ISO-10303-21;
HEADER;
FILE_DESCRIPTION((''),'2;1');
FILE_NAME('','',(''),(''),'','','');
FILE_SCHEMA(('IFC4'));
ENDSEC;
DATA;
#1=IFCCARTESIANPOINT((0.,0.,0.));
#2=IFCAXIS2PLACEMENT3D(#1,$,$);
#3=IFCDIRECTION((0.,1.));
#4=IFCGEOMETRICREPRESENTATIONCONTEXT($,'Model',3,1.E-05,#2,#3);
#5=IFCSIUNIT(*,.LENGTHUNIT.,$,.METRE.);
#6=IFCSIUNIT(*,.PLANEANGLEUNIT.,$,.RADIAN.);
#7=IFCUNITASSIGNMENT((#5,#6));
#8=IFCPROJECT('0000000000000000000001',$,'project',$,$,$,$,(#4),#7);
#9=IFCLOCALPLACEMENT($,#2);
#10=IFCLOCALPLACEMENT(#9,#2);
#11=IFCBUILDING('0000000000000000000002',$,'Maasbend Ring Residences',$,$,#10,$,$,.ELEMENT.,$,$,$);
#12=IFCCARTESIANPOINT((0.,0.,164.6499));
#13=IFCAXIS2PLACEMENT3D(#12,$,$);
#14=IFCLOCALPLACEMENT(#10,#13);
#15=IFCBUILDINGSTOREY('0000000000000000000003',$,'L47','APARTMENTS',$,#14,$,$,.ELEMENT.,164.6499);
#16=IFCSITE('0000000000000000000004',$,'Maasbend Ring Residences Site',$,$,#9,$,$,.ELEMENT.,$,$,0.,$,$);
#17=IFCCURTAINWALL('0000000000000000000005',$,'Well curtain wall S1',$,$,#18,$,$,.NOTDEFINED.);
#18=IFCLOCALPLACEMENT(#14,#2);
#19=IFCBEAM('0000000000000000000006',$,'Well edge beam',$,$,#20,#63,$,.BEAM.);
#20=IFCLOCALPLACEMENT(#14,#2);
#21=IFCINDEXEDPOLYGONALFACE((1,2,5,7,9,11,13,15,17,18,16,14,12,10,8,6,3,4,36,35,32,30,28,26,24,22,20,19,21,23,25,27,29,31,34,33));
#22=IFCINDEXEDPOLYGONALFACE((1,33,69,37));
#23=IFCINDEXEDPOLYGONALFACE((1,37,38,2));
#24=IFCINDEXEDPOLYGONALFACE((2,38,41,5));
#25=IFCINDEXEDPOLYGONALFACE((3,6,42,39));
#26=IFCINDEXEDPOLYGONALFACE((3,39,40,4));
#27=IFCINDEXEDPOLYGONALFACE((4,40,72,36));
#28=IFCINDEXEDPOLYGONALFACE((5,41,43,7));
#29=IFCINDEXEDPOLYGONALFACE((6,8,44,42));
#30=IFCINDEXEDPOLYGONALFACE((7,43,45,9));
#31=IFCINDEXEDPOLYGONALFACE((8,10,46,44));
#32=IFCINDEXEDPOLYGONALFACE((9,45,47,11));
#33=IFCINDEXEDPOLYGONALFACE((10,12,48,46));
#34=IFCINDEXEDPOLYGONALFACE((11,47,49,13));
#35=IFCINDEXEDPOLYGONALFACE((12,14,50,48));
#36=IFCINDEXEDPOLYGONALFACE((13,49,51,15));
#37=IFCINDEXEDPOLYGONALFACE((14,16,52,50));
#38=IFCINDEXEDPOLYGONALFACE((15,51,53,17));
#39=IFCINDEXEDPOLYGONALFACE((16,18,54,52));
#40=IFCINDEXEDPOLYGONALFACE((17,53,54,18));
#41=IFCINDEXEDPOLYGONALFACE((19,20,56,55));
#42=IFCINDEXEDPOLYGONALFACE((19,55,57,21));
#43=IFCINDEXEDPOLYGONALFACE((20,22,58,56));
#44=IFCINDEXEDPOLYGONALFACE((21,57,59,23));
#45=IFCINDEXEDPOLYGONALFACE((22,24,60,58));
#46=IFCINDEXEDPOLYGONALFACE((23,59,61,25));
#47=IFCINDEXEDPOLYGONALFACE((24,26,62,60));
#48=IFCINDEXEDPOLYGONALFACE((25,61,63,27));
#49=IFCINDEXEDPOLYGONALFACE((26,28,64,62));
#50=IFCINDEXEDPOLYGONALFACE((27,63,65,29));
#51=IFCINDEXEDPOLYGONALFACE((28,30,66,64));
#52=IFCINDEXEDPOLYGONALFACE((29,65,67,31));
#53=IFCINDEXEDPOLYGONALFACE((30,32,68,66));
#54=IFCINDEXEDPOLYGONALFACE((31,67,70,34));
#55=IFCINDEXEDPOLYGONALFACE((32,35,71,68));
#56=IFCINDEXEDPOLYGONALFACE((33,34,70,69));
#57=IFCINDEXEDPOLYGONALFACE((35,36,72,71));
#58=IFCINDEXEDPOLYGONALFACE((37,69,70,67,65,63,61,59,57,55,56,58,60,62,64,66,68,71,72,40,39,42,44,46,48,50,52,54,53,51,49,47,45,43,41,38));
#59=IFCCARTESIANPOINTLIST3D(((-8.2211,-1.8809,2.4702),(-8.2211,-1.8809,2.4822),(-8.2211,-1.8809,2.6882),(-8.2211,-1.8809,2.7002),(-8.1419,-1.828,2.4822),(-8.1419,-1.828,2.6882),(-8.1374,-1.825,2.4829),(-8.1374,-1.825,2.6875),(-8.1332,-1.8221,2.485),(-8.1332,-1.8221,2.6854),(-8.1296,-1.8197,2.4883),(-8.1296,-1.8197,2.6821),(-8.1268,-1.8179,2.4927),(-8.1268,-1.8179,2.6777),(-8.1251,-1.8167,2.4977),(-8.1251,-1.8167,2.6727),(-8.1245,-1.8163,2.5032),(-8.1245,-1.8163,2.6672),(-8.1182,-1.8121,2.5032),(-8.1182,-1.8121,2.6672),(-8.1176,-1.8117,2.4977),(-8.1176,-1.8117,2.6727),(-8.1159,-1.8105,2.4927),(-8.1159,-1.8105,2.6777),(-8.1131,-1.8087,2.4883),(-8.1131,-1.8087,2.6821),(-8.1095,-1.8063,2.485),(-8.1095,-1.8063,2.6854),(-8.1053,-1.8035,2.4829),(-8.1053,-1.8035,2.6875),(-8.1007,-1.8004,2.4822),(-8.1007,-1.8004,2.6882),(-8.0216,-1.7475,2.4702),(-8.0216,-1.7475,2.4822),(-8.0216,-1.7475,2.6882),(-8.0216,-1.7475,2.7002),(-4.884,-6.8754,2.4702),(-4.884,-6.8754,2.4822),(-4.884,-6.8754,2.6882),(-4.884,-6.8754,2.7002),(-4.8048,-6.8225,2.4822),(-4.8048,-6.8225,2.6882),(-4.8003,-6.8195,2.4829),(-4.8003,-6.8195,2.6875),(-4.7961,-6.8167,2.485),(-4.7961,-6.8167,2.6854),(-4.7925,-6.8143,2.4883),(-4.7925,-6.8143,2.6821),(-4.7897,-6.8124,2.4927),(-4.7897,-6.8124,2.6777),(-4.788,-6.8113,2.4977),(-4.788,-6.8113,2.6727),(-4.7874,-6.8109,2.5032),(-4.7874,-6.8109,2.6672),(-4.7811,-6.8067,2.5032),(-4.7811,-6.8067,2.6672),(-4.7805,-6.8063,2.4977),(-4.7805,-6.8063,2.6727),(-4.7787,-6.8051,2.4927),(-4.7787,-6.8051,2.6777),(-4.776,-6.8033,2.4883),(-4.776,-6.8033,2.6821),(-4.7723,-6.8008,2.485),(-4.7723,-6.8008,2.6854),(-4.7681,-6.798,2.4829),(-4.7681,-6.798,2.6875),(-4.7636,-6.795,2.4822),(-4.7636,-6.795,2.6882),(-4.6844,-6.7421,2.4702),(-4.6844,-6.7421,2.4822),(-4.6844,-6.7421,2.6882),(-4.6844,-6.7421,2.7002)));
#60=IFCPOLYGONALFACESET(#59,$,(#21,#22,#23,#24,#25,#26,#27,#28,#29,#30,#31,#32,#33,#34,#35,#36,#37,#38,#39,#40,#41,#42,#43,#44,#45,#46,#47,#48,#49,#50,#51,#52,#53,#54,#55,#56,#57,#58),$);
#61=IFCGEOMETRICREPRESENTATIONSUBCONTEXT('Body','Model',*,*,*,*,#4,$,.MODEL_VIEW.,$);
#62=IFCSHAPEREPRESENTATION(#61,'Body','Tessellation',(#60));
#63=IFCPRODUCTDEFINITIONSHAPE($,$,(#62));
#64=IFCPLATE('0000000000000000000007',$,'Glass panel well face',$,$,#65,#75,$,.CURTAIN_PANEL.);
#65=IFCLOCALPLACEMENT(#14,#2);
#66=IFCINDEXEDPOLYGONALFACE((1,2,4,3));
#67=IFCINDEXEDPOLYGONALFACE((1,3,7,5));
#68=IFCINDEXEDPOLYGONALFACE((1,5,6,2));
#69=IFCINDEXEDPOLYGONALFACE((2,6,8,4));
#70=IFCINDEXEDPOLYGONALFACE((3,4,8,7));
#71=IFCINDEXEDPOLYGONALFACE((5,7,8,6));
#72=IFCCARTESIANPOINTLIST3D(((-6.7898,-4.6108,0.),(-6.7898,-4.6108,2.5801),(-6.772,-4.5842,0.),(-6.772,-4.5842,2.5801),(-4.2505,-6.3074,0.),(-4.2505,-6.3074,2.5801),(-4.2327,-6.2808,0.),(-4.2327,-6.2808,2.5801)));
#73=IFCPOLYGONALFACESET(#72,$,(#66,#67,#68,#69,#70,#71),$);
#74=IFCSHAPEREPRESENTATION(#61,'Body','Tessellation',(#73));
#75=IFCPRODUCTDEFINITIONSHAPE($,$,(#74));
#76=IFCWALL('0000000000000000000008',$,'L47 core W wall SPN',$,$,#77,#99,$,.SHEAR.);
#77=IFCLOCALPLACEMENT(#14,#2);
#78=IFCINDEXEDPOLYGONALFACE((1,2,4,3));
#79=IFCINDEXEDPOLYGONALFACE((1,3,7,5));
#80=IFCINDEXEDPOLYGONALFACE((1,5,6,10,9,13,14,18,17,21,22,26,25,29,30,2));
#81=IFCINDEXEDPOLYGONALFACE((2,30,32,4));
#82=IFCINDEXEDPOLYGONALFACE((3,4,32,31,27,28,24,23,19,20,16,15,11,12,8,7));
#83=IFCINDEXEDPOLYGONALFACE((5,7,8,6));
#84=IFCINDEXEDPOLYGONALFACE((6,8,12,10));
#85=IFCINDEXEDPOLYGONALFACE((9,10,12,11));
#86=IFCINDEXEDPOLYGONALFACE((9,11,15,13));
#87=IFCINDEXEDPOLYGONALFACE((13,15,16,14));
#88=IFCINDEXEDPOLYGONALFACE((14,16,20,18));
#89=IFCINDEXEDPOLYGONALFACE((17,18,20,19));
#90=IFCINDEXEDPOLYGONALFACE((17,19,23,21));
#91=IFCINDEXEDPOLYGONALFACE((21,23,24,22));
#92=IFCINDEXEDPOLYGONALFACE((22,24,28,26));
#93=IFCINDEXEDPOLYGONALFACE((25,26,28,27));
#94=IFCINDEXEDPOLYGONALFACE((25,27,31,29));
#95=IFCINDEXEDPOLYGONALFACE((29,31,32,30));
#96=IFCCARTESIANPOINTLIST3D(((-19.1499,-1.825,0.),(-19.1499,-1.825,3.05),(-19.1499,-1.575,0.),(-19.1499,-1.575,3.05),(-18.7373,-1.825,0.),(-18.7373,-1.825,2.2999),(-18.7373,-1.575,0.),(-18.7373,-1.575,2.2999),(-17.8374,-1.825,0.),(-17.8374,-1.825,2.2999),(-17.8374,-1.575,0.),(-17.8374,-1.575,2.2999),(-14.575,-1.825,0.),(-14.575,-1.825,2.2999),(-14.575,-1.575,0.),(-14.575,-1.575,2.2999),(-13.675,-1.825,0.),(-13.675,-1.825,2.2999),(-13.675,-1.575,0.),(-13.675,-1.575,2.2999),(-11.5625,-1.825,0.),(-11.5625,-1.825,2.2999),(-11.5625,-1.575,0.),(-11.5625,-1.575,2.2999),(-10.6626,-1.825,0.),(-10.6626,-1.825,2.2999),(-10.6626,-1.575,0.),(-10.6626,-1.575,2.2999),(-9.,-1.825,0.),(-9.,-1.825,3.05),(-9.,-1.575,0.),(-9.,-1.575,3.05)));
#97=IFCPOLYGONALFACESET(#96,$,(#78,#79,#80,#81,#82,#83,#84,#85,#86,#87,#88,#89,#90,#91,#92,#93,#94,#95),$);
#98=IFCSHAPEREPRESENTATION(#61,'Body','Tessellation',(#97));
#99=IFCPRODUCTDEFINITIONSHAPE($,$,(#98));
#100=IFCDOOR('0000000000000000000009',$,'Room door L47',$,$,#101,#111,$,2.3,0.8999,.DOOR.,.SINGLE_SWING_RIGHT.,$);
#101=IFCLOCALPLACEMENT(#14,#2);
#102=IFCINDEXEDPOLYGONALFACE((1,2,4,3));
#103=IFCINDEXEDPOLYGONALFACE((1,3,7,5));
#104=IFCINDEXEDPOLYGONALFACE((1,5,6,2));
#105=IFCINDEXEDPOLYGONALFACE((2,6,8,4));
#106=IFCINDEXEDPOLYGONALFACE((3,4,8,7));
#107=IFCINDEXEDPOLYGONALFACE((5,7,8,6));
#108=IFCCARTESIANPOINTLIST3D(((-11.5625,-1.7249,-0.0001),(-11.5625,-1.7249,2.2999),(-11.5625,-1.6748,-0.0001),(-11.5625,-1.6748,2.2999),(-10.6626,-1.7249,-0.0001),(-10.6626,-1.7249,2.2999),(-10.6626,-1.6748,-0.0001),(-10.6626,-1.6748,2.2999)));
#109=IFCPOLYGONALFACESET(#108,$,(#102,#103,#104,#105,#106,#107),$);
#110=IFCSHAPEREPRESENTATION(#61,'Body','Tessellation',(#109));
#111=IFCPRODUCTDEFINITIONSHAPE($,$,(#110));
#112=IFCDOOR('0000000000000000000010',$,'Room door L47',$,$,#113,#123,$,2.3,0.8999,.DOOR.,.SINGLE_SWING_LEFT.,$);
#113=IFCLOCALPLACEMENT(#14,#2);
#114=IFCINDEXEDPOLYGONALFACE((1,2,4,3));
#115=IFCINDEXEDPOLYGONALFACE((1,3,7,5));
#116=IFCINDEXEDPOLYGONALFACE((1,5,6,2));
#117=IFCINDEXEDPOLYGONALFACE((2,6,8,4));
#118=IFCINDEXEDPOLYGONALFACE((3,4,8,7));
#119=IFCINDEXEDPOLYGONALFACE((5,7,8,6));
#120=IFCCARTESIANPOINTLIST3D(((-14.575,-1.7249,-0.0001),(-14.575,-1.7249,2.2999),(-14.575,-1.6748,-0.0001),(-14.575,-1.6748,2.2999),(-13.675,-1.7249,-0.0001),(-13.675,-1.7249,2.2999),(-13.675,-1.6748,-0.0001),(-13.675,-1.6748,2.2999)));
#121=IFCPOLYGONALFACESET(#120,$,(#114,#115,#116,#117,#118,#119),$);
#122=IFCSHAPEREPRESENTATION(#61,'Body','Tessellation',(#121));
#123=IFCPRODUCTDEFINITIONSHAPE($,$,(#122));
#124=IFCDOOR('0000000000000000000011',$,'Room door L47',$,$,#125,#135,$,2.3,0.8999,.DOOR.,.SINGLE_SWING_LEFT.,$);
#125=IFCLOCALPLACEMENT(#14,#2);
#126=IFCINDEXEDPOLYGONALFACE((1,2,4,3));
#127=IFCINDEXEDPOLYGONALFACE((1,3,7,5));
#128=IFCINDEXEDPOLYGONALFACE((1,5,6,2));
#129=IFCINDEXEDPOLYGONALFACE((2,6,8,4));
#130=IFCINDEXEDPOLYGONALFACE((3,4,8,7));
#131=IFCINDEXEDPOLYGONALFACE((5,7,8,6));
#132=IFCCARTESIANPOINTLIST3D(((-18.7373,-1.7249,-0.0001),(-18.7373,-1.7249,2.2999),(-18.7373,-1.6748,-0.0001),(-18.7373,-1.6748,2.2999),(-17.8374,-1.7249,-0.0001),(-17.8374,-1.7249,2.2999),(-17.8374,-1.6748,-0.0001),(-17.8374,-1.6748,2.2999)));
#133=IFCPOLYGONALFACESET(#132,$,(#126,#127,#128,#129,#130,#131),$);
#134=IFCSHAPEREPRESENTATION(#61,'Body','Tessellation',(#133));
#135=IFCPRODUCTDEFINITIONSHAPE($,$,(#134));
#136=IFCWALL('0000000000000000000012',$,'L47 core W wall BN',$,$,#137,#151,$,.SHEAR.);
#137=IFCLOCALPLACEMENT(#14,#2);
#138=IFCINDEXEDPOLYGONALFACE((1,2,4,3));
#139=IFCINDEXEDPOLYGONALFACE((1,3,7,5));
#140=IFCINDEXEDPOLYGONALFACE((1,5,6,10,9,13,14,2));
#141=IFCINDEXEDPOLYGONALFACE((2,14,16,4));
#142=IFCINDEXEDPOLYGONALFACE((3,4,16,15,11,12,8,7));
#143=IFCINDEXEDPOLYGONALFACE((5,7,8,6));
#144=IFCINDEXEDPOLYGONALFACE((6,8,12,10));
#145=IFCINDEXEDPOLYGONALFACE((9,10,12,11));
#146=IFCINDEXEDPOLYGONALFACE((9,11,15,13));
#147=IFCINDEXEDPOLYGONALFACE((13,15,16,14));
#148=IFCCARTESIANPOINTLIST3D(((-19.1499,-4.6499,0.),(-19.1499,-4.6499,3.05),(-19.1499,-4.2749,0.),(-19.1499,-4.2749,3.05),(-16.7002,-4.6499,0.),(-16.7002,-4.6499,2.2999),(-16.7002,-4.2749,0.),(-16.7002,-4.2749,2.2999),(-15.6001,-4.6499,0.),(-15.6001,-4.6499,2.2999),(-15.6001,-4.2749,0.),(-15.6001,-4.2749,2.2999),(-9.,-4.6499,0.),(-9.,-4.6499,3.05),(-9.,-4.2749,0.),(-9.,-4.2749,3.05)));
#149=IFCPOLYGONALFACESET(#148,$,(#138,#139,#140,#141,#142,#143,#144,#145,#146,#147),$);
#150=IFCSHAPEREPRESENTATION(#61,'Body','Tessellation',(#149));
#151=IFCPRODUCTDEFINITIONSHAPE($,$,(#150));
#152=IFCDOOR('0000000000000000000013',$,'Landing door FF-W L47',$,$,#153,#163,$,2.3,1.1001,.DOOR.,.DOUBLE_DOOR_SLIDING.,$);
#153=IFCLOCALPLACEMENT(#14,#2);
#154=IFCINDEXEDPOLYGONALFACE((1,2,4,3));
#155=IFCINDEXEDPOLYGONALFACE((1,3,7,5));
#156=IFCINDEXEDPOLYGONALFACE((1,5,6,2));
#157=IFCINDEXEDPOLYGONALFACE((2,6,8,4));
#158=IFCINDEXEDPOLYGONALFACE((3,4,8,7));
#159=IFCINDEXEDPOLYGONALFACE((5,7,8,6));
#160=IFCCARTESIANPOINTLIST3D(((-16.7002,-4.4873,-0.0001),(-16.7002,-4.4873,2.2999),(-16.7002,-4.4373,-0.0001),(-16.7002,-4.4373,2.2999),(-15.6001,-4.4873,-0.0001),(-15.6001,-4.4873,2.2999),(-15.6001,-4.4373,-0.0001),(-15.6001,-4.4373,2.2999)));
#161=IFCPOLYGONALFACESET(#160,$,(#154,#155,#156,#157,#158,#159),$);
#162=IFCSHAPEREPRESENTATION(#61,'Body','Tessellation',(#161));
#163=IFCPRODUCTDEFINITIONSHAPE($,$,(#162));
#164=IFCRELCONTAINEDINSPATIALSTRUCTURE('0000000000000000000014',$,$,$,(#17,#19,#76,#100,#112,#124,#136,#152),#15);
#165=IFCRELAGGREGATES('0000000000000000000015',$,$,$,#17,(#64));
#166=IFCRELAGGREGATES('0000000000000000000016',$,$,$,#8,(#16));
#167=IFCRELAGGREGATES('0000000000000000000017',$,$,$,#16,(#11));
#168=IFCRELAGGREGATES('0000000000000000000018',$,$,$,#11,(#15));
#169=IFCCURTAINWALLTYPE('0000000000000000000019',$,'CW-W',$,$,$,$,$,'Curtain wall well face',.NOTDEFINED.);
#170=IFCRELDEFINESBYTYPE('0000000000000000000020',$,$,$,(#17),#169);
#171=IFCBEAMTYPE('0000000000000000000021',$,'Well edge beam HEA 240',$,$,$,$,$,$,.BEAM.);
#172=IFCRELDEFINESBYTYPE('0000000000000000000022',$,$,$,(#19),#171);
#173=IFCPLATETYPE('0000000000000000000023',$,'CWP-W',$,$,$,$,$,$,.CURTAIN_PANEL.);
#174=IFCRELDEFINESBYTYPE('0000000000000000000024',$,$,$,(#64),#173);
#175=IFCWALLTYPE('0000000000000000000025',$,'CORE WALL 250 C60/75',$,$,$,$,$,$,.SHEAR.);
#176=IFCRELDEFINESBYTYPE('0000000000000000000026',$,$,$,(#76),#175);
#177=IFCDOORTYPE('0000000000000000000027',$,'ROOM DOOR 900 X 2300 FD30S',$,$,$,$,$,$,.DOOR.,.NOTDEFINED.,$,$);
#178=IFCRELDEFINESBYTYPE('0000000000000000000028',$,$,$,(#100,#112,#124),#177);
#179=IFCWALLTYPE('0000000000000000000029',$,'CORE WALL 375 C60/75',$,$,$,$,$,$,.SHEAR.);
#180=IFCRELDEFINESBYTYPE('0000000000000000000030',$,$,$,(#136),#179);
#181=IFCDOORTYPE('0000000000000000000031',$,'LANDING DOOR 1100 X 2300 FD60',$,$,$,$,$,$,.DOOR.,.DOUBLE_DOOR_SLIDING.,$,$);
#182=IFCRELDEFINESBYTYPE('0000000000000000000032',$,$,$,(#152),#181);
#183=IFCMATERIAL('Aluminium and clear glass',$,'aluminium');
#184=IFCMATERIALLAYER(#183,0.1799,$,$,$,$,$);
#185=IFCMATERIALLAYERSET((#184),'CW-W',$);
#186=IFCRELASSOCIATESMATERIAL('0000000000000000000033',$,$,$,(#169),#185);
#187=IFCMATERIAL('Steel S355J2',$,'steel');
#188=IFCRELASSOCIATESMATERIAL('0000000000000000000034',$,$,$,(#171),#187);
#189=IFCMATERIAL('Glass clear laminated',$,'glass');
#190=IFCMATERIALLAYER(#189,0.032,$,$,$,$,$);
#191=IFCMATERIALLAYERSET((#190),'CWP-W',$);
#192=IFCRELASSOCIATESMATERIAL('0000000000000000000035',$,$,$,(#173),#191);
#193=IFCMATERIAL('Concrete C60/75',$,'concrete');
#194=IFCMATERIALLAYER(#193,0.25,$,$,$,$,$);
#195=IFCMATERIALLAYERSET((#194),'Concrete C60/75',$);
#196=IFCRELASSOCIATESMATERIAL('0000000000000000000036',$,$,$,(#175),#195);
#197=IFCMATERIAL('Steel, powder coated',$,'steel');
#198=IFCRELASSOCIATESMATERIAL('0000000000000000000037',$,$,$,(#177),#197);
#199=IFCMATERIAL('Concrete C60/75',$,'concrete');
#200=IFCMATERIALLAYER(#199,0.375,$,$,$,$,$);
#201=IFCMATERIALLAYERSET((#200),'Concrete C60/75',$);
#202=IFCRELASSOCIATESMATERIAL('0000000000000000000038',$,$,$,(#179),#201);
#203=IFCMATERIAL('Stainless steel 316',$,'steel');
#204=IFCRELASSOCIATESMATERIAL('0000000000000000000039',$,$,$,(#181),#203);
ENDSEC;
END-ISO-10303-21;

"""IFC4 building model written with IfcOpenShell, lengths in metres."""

from ifc_helpers import new_model, si_unit, direction, frame, frame_2d, origin, origin_2d, place, context, subcontext, project, spatial, rectangle, i_section, extrude, material, layer, layer_set, material_profile, profile_set, type_object, element, fill, aggregate, save


model = new_model("IFC4")

# Units and contexts
model_context = context("Model", 3, precision=1e-05, world=origin(), true_north=direction((0.0, 1.0)))
body_context = subcontext(model_context, "Body", "Model", "MODEL_VIEW")
ifc_project = project(units=[si_unit("LENGTHUNIT", "METRE"), si_unit("PLANEANGLEUNIT", "RADIAN")], contexts=[model_context])

# Site, building, storey
site_placement = place(None, origin())
site = spatial("IfcSite", under=ifc_project, at=site_placement, Name="Maasbend Ring Residences Site", CompositionType="ELEMENT", RefElevation=0.0)
building_placement = place(site_placement, origin())
building = spatial("IfcBuilding", under=site, at=building_placement, Name="Maasbend Ring Residences", CompositionType="ELEMENT")
storey_placement = place(building_placement, frame((0.0, 0.0, 164.6499)))
storey = spatial("IfcBuildingStorey", under=building, at=storey_placement, Name="L47", Description="APARTMENTS", CompositionType="ELEMENT", Elevation=164.6499)

# Curtain wall
ifc_material_1 = material(Name="Aluminium and clear glass", Category="aluminium")
ifc_layer_1 = layer(ifc_material_1, 0.1799)
ifc_layer_set_1 = layer_set([ifc_layer_1], Name="CW-W")
curtain_wall_type = type_object("IfcCurtainWallType", Name="CW-W", ElementType="Curtain wall well face", PredefinedType="NOTDEFINED", material=ifc_layer_set_1)
curtain_wall_placement = place(storey_placement, origin())
curtain_wall = element("IfcCurtainWall", 1, at=curtain_wall_placement, inside=storey, type_object=curtain_wall_type, Name="Well curtain wall S1", PredefinedType="NOTDEFINED")

# Beam
ifc_material_2 = material(Name="Steel S355J2", Category="steel")
ifc_material_profile_1 = material_profile(ifc_material_2, i_section(OverallWidth=0.24, OverallDepth=0.23, WebThickness=0.0076, FlangeThickness=0.012, FilletRadius=0.021, at=origin_2d()), Name="HEA 240")
ifc_profile_set_1 = profile_set([ifc_material_profile_1], Name="Steel S355J2")
beam_type = type_object("IfcBeamType", Name="Well edge beam HEA 240", PredefinedType="BEAM", material=ifc_profile_set_1)
beam_placement = place(storey_placement, frame((-8.1213, -1.8142, 2.5852), z_axis=(0.555553, -0.831481, 0.0), x_axis=(0.831481, 0.555553, 0.0)))
element("IfcBeam", 2, at=beam_placement, inside=storey, type_object=beam_type, Name="Well edge beam", PredefinedType="BEAM", context=body_context, shape_type="SweptSolid", body=[
    extrude(i_section(OverallWidth=0.24, OverallDepth=0.23, WebThickness=0.0076, FlangeThickness=0.012, FilletRadius=0.021, at=origin_2d()), origin(), (0.0, 0.0, 1.0), 6.0068),
])

# Plate
ifc_material_3 = material(Name="Glass clear laminated", Category="glass")
ifc_layer_2 = layer(ifc_material_3, 0.032)
ifc_layer_set_2 = layer_set([ifc_layer_2], Name="CWP-W")
plate_type = type_object("IfcPlateType", Name="CWP-W", PredefinedType="CURTAIN_PANEL", material=ifc_layer_set_2)
plate_placement = place(storey_placement, frame((-5.5112, -5.4458, 0.0), z_axis=(0.0, 0.0, 1.0), x_axis=(0.83147, -0.55557, 0.0)))
plate = element("IfcPlate", 3, at=plate_placement, type_object=plate_type, Name="Glass panel well face", PredefinedType="CURTAIN_PANEL", context=body_context, shape_type="SweptSolid", body=[
    extrude(rectangle(XDim=3.054, YDim=0.032, at=origin_2d()), origin(), (0.0, 0.0, 1.0), 2.5801),
])
aggregate(curtain_wall, [plate])

# Wall, openings, doors
ifc_material_4 = material(Name="Concrete C60/75", Category="concrete")
ifc_layer_3 = layer(ifc_material_4, 0.25)
ifc_layer_set_3 = layer_set([ifc_layer_3], Name="Concrete C60/75")
wall_type_1 = type_object("IfcWallType", Name="CORE WALL 250 C60/75", PredefinedType="SHEAR", material=ifc_layer_set_3)
wall_1_placement = place(storey_placement, frame((-9.0, -1.7, 0.0), z_axis=(0.0, 0.0, 1.0), x_axis=(-1.0, 0.0, 0.0)))
wall_1 = element("IfcWall", 4, at=wall_1_placement, inside=storey, type_object=wall_type_1, Name="L47 core W wall SPN", PredefinedType="SHEAR", context=body_context, shape_type="SweptSolid", body=[
    extrude(rectangle(XDim=10.1499, YDim=0.25, at=frame_2d((5.075, 0.0))), origin(), (0.0, 0.0, 1.0), 3.05),
])
opening_1_placement = place(wall_1_placement, frame((1.6626, 0.0, 0.0)))
opening_1 = element("IfcOpeningElement", 5, at=opening_1_placement, cuts=wall_1, PredefinedType="OPENING", context=body_context, shape_type="SweptSolid", body=[
    extrude(rectangle(XDim=0.8999, YDim=2.3, at=frame_2d((0.45, 1.1499))), frame((0.0, 0.135, 0.0), z_axis=(0.0, -1.0, 0.0), x_axis=(1.0, 0.0, 0.0)), (0.0, 0.0, 1.0), 0.27),
])
opening_2_placement = place(wall_1_placement, frame((4.675, 0.0, 0.0)))
opening_2 = element("IfcOpeningElement", 6, at=opening_2_placement, cuts=wall_1, PredefinedType="OPENING", context=body_context, shape_type="SweptSolid", body=[
    extrude(rectangle(XDim=0.8999, YDim=2.3, at=frame_2d((0.45, 1.1499))), frame((0.0, 0.135, 0.0), z_axis=(0.0, -1.0, 0.0), x_axis=(1.0, 0.0, 0.0)), (0.0, 0.0, 1.0), 0.27),
])
opening_3_placement = place(wall_1_placement, frame((8.8374, 0.0, 0.0)))
opening_3 = element("IfcOpeningElement", 7, at=opening_3_placement, cuts=wall_1, PredefinedType="OPENING", context=body_context, shape_type="SweptSolid", body=[
    extrude(rectangle(XDim=0.8999, YDim=2.3, at=frame_2d((0.45, 1.1499))), frame((0.0, 0.135, 0.0), z_axis=(0.0, -1.0, 0.0), x_axis=(1.0, 0.0, 0.0)), (0.0, 0.0, 1.0), 0.27),
])
ifc_material_5 = material(Name="Steel, powder coated", Category="steel")
door_type_1 = type_object("IfcDoorType", Name="ROOM DOOR 900 X 2300 FD30S", OperationType="NOTDEFINED", PredefinedType="DOOR", material=ifc_material_5)
door_1_placement = place(opening_1_placement, origin())
door_1 = element("IfcDoor", 8, at=door_1_placement, inside=storey, type_object=door_type_1, Name="Room door L47", OperationType="SINGLE_SWING_RIGHT", OverallHeight=2.3, OverallWidth=0.8999, PredefinedType="DOOR", context=body_context, shape_type="SweptSolid", body=[
    extrude(rectangle(XDim=0.8999, YDim=2.3, at=frame_2d((0.45, 1.1499))), frame((0.0, 0.0249, 0.0), z_axis=(0.0, -1.0, 0.0), x_axis=(1.0, 0.0, 0.0)), (0.0, 0.0, 1.0), 0.05),
])
fill(opening_1, door_1)
door_2_placement = place(opening_2_placement, origin())
door_2 = element("IfcDoor", 9, at=door_2_placement, inside=storey, type_object=door_type_1, Name="Room door L47", OperationType="SINGLE_SWING_LEFT", OverallHeight=2.3, OverallWidth=0.8999, PredefinedType="DOOR", context=body_context, shape_type="SweptSolid", body=[
    extrude(rectangle(XDim=0.8999, YDim=2.3, at=frame_2d((0.45, 1.1499))), frame((0.0, 0.0249, 0.0), z_axis=(0.0, -1.0, 0.0), x_axis=(1.0, 0.0, 0.0)), (0.0, 0.0, 1.0), 0.05),
])
fill(opening_2, door_2)
door_3_placement = place(opening_3_placement, origin())
door_3 = element("IfcDoor", 10, at=door_3_placement, inside=storey, type_object=door_type_1, Name="Room door L47", OperationType="SINGLE_SWING_LEFT", OverallHeight=2.3, OverallWidth=0.8999, PredefinedType="DOOR", context=body_context, shape_type="SweptSolid", body=[
    extrude(rectangle(XDim=0.8999, YDim=2.3, at=frame_2d((0.45, 1.1499))), frame((0.0, 0.0249, 0.0), z_axis=(0.0, -1.0, 0.0), x_axis=(1.0, 0.0, 0.0)), (0.0, 0.0, 1.0), 0.05),
])
fill(opening_3, door_3)

# Wall, opening, door
ifc_material_6 = material(Name="Concrete C60/75", Category="concrete")
ifc_layer_4 = layer(ifc_material_6, 0.375)
ifc_layer_set_4 = layer_set([ifc_layer_4], Name="Concrete C60/75")
wall_type_2 = type_object("IfcWallType", Name="CORE WALL 375 C60/75", PredefinedType="SHEAR", material=ifc_layer_set_4)
wall_2_placement = place(storey_placement, frame((-9.0, -4.4624, 0.0), z_axis=(0.0, 0.0, 1.0), x_axis=(-1.0, 0.0, 0.0)))
wall_2 = element("IfcWall", 11, at=wall_2_placement, inside=storey, type_object=wall_type_2, Name="L47 core W wall BN", PredefinedType="SHEAR", context=body_context, shape_type="SweptSolid", body=[
    extrude(rectangle(XDim=10.1499, YDim=0.375, at=frame_2d((5.075, 0.0))), origin(), (0.0, 0.0, 1.0), 3.05),
])
opening_4_placement = place(wall_2_placement, frame((6.6001, 0.0, 0.0)))
opening_4 = element("IfcOpeningElement", 12, at=opening_4_placement, cuts=wall_2, PredefinedType="OPENING", context=body_context, shape_type="SweptSolid", body=[
    extrude(rectangle(XDim=1.1001, YDim=2.3, at=frame_2d((0.55, 1.1499))), frame((0.0, 0.1975, 0.0), z_axis=(0.0, -1.0, 0.0), x_axis=(1.0, 0.0, 0.0)), (0.0, 0.0, 1.0), 0.395),
])
ifc_material_7 = material(Name="Stainless steel 316", Category="steel")
door_type_2 = type_object("IfcDoorType", Name="LANDING DOOR 1100 X 2300 FD60", OperationType="DOUBLE_DOOR_SLIDING", PredefinedType="DOOR", material=ifc_material_7)
door_4_placement = place(opening_4_placement, origin())
door_4 = element("IfcDoor", 13, at=door_4_placement, inside=storey, type_object=door_type_2, Name="Landing door FF-W L47", OperationType="DOUBLE_DOOR_SLIDING", OverallHeight=2.3, OverallWidth=1.1001, PredefinedType="DOOR", context=body_context, shape_type="SweptSolid", body=[
    extrude(rectangle(XDim=1.1001, YDim=2.3, at=frame_2d((0.55, 1.1499))), frame((0.0, 0.0249, 0.0), z_axis=(0.0, -1.0, 0.0), x_axis=(1.0, 0.0, 0.0)), (0.0, 0.0, 1.0), 0.05),
])
fill(opening_4, door_4)

save(model, "model.ifc")
